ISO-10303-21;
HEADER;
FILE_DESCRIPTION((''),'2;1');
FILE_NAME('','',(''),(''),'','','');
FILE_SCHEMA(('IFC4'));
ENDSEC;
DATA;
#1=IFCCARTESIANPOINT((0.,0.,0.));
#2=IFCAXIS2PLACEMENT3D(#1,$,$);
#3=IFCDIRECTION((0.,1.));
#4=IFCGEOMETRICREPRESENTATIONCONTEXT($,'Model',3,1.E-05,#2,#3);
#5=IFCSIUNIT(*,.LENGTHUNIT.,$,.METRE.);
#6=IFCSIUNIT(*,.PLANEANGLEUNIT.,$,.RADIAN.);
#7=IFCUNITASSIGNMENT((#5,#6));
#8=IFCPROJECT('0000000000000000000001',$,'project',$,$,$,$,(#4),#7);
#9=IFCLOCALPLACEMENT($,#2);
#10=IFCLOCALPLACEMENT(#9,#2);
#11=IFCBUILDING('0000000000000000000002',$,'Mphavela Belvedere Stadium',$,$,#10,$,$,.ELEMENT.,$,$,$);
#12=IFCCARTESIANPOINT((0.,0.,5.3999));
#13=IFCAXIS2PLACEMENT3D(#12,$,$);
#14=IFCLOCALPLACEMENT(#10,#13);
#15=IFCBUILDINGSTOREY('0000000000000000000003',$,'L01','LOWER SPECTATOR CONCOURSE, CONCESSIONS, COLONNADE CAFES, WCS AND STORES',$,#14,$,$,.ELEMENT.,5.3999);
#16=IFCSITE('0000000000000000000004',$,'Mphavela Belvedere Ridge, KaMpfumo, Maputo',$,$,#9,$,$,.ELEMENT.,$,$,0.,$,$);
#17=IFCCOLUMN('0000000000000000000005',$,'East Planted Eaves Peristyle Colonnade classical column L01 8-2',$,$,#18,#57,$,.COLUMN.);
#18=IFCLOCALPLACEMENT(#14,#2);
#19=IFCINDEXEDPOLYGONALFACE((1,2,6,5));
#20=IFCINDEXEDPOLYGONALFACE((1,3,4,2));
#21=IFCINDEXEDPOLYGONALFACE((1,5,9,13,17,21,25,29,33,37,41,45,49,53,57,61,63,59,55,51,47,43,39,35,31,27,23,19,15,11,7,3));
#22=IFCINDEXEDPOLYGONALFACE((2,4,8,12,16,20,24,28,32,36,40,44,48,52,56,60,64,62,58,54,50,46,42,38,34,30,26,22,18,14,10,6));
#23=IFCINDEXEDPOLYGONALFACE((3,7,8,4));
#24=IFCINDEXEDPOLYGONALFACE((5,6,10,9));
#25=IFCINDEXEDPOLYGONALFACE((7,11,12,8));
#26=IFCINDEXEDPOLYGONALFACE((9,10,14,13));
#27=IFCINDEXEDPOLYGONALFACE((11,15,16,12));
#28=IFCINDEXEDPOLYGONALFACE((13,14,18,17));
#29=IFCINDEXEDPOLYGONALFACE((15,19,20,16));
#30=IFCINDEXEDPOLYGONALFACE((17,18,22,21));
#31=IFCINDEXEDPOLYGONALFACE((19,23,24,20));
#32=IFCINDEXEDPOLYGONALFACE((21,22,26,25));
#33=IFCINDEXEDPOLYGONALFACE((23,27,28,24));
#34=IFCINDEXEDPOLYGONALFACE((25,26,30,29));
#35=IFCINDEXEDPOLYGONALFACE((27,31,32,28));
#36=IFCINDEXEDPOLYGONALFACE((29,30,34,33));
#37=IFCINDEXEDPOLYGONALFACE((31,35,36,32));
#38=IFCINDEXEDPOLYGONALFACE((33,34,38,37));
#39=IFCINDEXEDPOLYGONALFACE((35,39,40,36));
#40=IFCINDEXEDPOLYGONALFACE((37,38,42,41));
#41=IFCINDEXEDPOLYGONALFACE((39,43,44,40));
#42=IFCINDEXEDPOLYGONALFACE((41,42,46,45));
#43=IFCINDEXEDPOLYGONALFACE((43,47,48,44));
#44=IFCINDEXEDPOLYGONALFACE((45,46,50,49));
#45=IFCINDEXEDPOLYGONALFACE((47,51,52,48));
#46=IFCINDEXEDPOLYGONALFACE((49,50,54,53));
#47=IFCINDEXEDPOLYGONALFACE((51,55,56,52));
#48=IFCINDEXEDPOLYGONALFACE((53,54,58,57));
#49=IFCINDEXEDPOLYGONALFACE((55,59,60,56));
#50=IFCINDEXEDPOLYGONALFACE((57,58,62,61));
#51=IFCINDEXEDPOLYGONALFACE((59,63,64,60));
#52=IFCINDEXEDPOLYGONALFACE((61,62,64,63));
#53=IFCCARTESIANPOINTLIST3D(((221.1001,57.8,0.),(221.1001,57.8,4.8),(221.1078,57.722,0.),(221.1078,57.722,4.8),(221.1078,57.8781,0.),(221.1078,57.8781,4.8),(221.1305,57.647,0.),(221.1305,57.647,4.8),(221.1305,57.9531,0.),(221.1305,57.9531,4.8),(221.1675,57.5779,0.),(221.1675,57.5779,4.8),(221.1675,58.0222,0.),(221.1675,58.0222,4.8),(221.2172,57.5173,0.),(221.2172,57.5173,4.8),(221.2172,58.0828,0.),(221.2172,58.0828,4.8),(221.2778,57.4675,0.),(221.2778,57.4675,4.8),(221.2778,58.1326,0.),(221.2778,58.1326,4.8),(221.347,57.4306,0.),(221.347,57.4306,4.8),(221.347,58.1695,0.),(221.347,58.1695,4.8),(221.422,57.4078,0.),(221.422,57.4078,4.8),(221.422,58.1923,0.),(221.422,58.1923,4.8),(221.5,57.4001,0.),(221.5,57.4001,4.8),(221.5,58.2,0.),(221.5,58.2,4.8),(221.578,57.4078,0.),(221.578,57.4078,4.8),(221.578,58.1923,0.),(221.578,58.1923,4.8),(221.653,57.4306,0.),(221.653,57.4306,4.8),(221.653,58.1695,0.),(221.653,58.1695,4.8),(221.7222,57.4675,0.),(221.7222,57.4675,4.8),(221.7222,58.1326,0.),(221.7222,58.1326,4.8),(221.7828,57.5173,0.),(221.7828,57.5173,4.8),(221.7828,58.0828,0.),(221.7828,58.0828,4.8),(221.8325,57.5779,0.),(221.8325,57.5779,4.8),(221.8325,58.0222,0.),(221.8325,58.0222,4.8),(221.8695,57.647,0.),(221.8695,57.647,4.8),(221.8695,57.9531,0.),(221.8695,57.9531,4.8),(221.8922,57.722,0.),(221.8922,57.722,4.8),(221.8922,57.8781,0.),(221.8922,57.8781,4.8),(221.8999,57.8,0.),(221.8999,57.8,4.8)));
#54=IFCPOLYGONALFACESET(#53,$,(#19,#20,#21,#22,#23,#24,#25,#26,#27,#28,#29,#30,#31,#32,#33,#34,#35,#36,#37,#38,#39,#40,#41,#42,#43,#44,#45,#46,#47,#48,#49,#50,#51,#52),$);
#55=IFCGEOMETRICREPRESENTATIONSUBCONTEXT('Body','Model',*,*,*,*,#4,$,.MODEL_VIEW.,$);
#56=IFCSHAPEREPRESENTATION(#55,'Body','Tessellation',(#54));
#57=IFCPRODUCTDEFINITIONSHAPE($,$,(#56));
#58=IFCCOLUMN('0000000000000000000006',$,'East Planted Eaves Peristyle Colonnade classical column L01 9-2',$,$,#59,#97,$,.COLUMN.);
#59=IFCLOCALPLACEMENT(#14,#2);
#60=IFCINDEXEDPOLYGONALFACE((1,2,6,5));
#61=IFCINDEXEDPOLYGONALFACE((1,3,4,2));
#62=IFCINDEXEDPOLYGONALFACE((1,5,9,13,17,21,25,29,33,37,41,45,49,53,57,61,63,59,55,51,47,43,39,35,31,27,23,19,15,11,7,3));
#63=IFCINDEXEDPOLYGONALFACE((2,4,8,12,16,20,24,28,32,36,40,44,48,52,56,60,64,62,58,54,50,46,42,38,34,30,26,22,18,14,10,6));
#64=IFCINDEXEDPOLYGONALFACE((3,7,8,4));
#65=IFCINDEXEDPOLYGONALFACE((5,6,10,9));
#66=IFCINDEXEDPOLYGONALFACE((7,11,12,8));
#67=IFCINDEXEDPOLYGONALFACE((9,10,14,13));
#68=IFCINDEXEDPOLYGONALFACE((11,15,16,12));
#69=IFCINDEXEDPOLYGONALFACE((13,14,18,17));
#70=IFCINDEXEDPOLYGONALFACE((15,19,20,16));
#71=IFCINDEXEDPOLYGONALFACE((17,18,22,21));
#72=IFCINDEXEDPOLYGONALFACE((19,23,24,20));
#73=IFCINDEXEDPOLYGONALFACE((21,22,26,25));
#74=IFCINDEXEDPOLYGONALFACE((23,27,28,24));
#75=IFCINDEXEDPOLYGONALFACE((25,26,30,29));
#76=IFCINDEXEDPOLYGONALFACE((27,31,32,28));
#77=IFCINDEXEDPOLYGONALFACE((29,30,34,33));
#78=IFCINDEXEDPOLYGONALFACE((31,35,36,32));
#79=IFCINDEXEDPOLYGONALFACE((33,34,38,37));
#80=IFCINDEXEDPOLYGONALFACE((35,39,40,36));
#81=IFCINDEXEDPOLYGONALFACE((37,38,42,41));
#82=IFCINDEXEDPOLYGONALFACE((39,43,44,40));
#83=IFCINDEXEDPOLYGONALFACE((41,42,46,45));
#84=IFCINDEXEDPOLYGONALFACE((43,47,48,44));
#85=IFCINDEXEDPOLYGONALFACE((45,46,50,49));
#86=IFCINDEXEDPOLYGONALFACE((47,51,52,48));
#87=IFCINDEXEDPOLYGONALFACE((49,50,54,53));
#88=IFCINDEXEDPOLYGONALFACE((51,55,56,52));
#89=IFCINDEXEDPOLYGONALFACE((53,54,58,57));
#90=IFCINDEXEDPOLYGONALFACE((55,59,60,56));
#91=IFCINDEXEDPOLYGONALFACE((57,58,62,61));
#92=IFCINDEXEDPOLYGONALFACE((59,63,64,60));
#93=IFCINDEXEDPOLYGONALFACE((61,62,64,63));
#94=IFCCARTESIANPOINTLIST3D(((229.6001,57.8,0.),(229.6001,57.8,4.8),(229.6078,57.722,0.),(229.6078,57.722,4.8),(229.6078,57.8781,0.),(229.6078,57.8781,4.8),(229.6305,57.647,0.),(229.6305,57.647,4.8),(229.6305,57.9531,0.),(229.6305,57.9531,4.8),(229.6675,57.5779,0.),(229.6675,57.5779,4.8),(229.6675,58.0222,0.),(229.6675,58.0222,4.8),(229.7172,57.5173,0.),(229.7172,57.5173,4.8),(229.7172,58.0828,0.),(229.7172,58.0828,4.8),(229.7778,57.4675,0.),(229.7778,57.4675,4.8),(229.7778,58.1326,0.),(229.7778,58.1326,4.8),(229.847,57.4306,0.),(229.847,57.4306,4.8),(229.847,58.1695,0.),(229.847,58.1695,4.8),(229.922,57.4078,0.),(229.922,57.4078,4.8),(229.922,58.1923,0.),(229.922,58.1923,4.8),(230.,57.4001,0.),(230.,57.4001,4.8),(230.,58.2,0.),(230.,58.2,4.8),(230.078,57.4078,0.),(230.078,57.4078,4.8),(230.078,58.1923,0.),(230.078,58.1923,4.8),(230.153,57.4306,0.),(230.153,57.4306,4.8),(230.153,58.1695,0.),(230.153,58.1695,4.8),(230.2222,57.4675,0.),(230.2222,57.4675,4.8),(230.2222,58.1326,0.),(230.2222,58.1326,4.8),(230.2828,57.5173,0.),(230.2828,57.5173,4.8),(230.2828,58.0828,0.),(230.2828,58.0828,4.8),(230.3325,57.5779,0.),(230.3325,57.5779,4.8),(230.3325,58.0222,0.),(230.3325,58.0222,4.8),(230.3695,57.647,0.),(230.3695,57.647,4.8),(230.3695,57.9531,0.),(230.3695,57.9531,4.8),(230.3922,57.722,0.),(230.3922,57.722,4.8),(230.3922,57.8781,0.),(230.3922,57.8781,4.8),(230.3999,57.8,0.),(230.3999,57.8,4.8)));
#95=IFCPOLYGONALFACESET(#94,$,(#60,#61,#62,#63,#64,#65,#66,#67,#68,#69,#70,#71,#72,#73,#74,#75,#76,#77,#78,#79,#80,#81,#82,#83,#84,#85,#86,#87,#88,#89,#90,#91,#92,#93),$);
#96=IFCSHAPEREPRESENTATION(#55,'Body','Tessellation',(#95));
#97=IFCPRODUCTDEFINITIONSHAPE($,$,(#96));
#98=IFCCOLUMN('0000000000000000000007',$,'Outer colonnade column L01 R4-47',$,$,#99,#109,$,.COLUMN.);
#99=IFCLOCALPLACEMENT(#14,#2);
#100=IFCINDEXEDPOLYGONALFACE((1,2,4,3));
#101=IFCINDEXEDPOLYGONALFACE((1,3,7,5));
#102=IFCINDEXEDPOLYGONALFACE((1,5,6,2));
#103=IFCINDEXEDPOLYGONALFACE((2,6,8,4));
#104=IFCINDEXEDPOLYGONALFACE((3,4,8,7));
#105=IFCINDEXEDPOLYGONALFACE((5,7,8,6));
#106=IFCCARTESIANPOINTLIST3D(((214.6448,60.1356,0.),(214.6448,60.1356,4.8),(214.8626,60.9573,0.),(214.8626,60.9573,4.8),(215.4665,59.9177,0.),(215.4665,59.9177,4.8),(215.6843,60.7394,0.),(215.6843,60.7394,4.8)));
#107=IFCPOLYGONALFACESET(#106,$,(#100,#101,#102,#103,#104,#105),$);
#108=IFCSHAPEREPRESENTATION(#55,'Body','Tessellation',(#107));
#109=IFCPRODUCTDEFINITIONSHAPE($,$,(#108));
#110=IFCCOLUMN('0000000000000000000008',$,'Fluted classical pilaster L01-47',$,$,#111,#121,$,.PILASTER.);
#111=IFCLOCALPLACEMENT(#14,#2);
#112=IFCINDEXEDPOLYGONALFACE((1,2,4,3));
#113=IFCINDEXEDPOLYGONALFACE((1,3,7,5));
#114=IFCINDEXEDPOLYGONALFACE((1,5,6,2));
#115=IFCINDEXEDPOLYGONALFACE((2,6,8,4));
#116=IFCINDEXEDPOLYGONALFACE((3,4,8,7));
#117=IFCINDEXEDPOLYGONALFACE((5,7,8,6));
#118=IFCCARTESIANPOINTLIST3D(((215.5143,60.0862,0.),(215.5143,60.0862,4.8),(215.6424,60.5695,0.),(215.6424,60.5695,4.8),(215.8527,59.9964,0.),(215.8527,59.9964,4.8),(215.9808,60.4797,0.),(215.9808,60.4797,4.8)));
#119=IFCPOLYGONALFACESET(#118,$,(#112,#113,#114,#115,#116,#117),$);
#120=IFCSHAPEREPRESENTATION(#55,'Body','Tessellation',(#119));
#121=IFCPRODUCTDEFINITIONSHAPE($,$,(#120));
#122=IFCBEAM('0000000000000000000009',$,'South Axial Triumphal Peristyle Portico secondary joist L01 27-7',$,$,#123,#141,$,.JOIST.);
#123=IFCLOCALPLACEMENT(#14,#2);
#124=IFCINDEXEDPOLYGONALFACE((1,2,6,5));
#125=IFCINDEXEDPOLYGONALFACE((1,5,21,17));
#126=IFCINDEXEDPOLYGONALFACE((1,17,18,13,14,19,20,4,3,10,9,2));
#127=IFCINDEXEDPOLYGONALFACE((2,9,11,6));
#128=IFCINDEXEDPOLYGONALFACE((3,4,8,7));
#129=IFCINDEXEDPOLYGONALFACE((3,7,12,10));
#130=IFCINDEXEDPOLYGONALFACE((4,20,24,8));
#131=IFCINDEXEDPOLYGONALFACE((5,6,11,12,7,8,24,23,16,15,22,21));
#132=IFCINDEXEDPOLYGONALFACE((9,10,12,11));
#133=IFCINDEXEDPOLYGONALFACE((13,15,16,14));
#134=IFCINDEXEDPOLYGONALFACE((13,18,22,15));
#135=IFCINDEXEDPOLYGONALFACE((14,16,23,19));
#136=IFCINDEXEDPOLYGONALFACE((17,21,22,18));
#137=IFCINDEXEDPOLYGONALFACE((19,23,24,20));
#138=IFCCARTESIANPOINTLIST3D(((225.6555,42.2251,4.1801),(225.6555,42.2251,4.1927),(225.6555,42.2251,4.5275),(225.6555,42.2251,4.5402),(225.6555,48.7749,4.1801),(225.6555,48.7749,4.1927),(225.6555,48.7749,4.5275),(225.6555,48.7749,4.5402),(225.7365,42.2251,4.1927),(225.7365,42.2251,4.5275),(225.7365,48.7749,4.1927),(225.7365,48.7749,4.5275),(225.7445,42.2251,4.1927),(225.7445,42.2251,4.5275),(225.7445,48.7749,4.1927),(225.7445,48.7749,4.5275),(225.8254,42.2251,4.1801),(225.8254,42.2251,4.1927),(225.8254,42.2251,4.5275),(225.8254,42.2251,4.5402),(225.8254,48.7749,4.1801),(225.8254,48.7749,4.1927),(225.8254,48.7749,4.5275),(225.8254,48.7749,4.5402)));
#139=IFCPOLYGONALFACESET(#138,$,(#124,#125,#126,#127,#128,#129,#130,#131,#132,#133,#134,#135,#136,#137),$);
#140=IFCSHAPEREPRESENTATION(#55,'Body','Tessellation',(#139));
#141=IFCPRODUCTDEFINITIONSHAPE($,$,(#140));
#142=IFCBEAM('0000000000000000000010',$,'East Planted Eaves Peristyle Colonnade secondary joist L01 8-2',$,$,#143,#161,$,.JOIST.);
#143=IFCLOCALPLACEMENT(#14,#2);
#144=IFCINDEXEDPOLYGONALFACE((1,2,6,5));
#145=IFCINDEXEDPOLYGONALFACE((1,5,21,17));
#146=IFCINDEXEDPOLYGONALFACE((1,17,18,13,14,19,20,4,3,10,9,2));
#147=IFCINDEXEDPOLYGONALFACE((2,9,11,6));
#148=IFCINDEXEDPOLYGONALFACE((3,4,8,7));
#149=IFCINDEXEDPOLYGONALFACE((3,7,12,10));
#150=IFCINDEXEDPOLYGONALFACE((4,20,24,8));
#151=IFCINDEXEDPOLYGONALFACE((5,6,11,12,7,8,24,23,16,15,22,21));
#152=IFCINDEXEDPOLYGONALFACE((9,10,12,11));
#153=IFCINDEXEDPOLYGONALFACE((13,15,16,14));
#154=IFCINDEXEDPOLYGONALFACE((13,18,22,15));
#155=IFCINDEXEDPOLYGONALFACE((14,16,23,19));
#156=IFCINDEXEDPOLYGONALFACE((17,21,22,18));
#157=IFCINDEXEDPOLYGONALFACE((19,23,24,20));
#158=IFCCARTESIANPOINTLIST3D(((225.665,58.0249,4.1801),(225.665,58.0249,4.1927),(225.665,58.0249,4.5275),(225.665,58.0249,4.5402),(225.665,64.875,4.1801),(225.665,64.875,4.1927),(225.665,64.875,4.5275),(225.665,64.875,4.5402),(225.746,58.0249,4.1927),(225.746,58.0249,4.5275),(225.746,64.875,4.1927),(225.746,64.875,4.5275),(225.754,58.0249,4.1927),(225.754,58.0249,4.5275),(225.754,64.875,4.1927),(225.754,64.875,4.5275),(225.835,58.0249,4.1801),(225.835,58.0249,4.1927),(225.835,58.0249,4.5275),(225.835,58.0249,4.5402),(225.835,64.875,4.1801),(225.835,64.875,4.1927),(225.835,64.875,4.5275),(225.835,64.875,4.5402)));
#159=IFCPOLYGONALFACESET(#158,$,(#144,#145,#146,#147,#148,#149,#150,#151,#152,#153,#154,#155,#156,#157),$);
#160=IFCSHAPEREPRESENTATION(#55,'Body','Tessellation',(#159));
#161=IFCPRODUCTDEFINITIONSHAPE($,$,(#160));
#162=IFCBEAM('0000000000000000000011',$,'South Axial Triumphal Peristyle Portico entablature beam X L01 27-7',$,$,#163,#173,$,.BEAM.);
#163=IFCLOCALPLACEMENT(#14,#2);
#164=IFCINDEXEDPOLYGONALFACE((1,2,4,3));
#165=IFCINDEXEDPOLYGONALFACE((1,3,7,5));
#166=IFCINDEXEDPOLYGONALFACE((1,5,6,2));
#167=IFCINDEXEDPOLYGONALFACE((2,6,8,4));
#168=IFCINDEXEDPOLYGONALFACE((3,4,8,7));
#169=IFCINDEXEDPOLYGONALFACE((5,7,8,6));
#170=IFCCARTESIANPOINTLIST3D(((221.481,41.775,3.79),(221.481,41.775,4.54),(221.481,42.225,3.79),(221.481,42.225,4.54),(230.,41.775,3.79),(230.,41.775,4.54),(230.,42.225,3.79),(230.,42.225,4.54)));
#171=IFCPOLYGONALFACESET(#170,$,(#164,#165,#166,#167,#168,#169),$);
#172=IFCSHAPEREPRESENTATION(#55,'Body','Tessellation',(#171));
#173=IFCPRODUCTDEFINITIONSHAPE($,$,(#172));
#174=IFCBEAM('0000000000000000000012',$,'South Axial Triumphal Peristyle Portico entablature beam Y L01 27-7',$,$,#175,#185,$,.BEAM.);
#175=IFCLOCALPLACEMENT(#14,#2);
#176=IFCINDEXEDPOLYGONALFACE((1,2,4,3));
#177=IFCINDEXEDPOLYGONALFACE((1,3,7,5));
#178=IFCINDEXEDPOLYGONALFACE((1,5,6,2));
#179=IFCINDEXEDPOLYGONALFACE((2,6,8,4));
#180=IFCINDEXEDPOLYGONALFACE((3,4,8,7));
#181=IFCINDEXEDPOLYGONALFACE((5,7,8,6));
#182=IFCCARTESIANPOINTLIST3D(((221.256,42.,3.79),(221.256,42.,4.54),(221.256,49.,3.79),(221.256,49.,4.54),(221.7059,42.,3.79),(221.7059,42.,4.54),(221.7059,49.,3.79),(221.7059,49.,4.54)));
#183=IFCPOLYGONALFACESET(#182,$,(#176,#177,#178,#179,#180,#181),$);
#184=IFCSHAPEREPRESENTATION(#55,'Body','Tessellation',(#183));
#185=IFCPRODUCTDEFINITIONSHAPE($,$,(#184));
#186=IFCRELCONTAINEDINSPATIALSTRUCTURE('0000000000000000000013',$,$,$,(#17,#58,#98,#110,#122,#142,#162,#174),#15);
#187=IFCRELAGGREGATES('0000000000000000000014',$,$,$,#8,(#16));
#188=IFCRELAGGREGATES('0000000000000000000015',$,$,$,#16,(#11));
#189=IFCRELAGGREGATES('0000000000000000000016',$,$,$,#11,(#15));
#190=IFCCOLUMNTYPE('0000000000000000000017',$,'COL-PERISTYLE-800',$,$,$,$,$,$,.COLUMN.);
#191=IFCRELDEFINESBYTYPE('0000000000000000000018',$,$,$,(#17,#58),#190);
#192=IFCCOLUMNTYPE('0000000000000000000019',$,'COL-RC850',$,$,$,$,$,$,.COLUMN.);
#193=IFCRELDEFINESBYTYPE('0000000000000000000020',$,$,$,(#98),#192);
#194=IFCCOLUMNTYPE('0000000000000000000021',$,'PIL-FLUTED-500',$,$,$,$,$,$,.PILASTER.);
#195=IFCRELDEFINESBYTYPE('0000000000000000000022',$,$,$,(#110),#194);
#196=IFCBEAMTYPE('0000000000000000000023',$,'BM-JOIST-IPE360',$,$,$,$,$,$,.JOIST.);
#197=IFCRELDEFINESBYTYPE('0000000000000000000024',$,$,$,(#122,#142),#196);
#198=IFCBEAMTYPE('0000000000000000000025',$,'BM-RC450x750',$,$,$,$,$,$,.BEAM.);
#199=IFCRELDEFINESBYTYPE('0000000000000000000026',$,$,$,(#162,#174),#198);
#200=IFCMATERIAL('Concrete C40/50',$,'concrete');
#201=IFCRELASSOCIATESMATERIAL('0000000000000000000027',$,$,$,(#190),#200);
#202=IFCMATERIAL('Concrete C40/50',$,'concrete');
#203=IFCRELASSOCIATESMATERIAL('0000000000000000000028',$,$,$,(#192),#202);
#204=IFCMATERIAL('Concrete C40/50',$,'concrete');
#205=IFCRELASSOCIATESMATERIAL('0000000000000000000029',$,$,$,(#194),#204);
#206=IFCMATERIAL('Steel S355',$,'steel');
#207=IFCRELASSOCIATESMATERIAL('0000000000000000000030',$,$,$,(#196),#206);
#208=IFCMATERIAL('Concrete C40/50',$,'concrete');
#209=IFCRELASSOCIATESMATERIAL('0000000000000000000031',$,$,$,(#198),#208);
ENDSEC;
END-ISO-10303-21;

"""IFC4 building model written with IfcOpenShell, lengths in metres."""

from ifc_helpers import new_model, si_unit, direction, frame, origin, origin_2d, place, context, subcontext, project, spatial, rectangle, circle, i_section, extrude, material, material_profile, profile_set, type_object, element, save


model = new_model("IFC4")

# Units and contexts
model_context = context("Model", 3, precision=1e-05, world=origin(), true_north=direction((0.0, 1.0)))
body_context = subcontext(model_context, "Body", "Model", "MODEL_VIEW")
ifc_project = project(units=[si_unit("LENGTHUNIT", "METRE"), si_unit("PLANEANGLEUNIT", "RADIAN")], contexts=[model_context])

# Site, building, storey
site_placement = place(None, origin())
site = spatial("IfcSite", under=ifc_project, at=site_placement, Name="Mphavela Belvedere Ridge, KaMpfumo, Maputo", CompositionType="ELEMENT", RefElevation=0.0)
building_placement = place(site_placement, origin())
building = spatial("IfcBuilding", under=site, at=building_placement, Name="Mphavela Belvedere Stadium", CompositionType="ELEMENT")
storey_placement = place(building_placement, frame((0.0, 0.0, 5.3999)))
storey = spatial("IfcBuildingStorey", under=building, at=storey_placement, Name="L01", Description="LOWER SPECTATOR CONCOURSE, CONCESSIONS, COLONNADE CAFES, WCS AND STORES", CompositionType="ELEMENT", Elevation=5.3999)

# Columns
ifc_material_1 = material(Name="Concrete C40/50", Category="concrete")
ifc_material_profile_1 = material_profile(ifc_material_1, circle(Radius=0.3999, at=origin_2d()), Name="COL D800")
ifc_profile_set_1 = profile_set([ifc_material_profile_1], Name="Concrete C40/50")
column_type_1 = type_object("IfcColumnType", Name="COL-PERISTYLE-800", PredefinedType="COLUMN", material=ifc_profile_set_1)
for number, where, z_axis, x_axis, name in (
    (1, (221.5, 57.8, 0.0), (0.0, 0.0, 1.0), (1.0, 0.0, 0.0), "East Planted Eaves Peristyle Colonnade classical column L01 8-2"),
    (2, (230.0, 57.8, 0.0), (0.0, 0.0, 1.0), (1.0, 0.0, 0.0), "East Planted Eaves Peristyle Colonnade classical column L01 9-2"),
):
    element("IfcColumn", number, at=place(storey_placement, frame(where, z_axis=z_axis, x_axis=x_axis)), inside=storey, type_object=column_type_1, Name=name, PredefinedType="COLUMN", context=body_context, shape_type="SweptSolid", body=[
        extrude(circle(Radius=0.3999, at=origin_2d()), origin(), (0.0, 0.0, 1.0), 4.8),
    ])
ifc_material_2 = material(Name="Concrete C40/50", Category="concrete")
ifc_material_profile_2 = material_profile(ifc_material_2, rectangle(XDim=0.8501, YDim=0.8501, at=origin_2d()), Name="RC 850x850")
ifc_profile_set_2 = profile_set([ifc_material_profile_2], Name="Concrete C40/50")
column_type_2 = type_object("IfcColumnType", Name="COL-RC850", PredefinedType="COLUMN", material=ifc_profile_set_2)
column_1_placement = place(storey_placement, frame((215.1646, 60.4375, 0.0), z_axis=(0.0, 0.0, 1.0), x_axis=(0.9666, -0.256289, 0.0)))
element("IfcColumn", 3, at=column_1_placement, inside=storey, type_object=column_type_2, Name="Outer colonnade column L01 R4-47", PredefinedType="COLUMN", context=body_context, shape_type="SweptSolid", body=[
    extrude(rectangle(XDim=0.8501, YDim=0.8501, at=origin_2d()), origin(), (0.0, 0.0, 1.0), 4.8),
])
ifc_material_3 = material(Name="Concrete C40/50", Category="concrete")
ifc_material_profile_3 = material_profile(ifc_material_3, rectangle(XDim=0.5, YDim=0.3501, at=origin_2d()), Name="PIL 500x350")
ifc_profile_set_3 = profile_set([ifc_material_profile_3], Name="Concrete C40/50")
column_type_3 = type_object("IfcColumnType", Name="PIL-FLUTED-500", PredefinedType="PILASTER", material=ifc_profile_set_3)
column_2_placement = place(storey_placement, frame((215.7476, 60.283, 0.0), z_axis=(0.0, 0.0, 1.0), x_axis=(0.256289, 0.9666, 0.0)))
element("IfcColumn", 4, at=column_2_placement, inside=storey, type_object=column_type_3, Name="Fluted classical pilaster L01-47", PredefinedType="PILASTER", context=body_context, shape_type="SweptSolid", body=[
    extrude(rectangle(XDim=0.5, YDim=0.3501, at=origin_2d()), origin(), (0.0, 0.0, 1.0), 4.8),
])

# Beams
ifc_material_4 = material(Name="Steel S355", Category="steel")
ifc_material_profile_4 = material_profile(ifc_material_4, i_section(OverallWidth=0.1699, OverallDepth=0.3601, WebThickness=0.0081, FlangeThickness=0.0127, at=origin_2d()), Name="IPE 360")
ifc_profile_set_4 = profile_set([ifc_material_profile_4], Name="Steel S355")
beam_type_1 = type_object("IfcBeamType", Name="BM-JOIST-IPE360", PredefinedType="JOIST", material=ifc_profile_set_4)
beam_1_placement = place(storey_placement, frame((225.7405, 42.2251, 4.3601), z_axis=(0.0, 1.0, 0.0), x_axis=(-1.0, 0.0, 0.0)))
element("IfcBeam", 5, at=beam_1_placement, inside=storey, type_object=beam_type_1, Name="South Axial Triumphal Peristyle Portico secondary joist L01 27-7", PredefinedType="JOIST", context=body_context, shape_type="SweptSolid", body=[
    extrude(i_section(OverallWidth=0.1699, OverallDepth=0.3601, WebThickness=0.0081, FlangeThickness=0.0127, at=origin_2d()), origin(), (0.0, 0.0, 1.0), 6.5498),
])
beam_2_placement = place(storey_placement, frame((225.75, 58.0249, 4.3601), z_axis=(0.0, 1.0, 0.0), x_axis=(-1.0, 0.0, 0.0)))
element("IfcBeam", 6, at=beam_2_placement, inside=storey, type_object=beam_type_1, Name="East Planted Eaves Peristyle Colonnade secondary joist L01 8-2", PredefinedType="JOIST", context=body_context, shape_type="SweptSolid", body=[
    extrude(i_section(OverallWidth=0.1699, OverallDepth=0.3601, WebThickness=0.0081, FlangeThickness=0.0127, at=origin_2d()), origin(), (0.0, 0.0, 1.0), 6.8501),
])
ifc_material_5 = material(Name="Concrete C40/50", Category="concrete")
ifc_material_profile_5 = material_profile(ifc_material_5, rectangle(XDim=0.45, YDim=0.75, at=origin_2d()), Name="RC 450x750")
ifc_profile_set_5 = profile_set([ifc_material_profile_5], Name="Concrete C40/50")
beam_type_2 = type_object("IfcBeamType", Name="BM-RC450x750", PredefinedType="BEAM", material=ifc_profile_set_5)
beam_3_placement = place(storey_placement, frame((221.481, 42.0, 4.165), z_axis=(1.0, 0.0, 0.0), x_axis=(0.0, 1.0, 0.0)))
element("IfcBeam", 7, at=beam_3_placement, inside=storey, type_object=beam_type_2, Name="South Axial Triumphal Peristyle Portico entablature beam X L01 27-7", PredefinedType="BEAM", context=body_context, shape_type="SweptSolid", body=[
    extrude(rectangle(XDim=0.45, YDim=0.75, at=origin_2d()), origin(), (0.0, 0.0, 1.0), 8.519),
])
beam_4_placement = place(storey_placement, frame((221.481, 42.0, 4.165), z_axis=(0.0, 1.0, 0.0), x_axis=(-1.0, 0.0, 0.0)))
element("IfcBeam", 8, at=beam_4_placement, inside=storey, type_object=beam_type_2, Name="South Axial Triumphal Peristyle Portico entablature beam Y L01 27-7", PredefinedType="BEAM", context=body_context, shape_type="SweptSolid", body=[
    extrude(rectangle(XDim=0.45, YDim=0.75, at=origin_2d()), origin(), (0.0, 0.0, 1.0), 7.0),
])

save(model, "model.ifc")
